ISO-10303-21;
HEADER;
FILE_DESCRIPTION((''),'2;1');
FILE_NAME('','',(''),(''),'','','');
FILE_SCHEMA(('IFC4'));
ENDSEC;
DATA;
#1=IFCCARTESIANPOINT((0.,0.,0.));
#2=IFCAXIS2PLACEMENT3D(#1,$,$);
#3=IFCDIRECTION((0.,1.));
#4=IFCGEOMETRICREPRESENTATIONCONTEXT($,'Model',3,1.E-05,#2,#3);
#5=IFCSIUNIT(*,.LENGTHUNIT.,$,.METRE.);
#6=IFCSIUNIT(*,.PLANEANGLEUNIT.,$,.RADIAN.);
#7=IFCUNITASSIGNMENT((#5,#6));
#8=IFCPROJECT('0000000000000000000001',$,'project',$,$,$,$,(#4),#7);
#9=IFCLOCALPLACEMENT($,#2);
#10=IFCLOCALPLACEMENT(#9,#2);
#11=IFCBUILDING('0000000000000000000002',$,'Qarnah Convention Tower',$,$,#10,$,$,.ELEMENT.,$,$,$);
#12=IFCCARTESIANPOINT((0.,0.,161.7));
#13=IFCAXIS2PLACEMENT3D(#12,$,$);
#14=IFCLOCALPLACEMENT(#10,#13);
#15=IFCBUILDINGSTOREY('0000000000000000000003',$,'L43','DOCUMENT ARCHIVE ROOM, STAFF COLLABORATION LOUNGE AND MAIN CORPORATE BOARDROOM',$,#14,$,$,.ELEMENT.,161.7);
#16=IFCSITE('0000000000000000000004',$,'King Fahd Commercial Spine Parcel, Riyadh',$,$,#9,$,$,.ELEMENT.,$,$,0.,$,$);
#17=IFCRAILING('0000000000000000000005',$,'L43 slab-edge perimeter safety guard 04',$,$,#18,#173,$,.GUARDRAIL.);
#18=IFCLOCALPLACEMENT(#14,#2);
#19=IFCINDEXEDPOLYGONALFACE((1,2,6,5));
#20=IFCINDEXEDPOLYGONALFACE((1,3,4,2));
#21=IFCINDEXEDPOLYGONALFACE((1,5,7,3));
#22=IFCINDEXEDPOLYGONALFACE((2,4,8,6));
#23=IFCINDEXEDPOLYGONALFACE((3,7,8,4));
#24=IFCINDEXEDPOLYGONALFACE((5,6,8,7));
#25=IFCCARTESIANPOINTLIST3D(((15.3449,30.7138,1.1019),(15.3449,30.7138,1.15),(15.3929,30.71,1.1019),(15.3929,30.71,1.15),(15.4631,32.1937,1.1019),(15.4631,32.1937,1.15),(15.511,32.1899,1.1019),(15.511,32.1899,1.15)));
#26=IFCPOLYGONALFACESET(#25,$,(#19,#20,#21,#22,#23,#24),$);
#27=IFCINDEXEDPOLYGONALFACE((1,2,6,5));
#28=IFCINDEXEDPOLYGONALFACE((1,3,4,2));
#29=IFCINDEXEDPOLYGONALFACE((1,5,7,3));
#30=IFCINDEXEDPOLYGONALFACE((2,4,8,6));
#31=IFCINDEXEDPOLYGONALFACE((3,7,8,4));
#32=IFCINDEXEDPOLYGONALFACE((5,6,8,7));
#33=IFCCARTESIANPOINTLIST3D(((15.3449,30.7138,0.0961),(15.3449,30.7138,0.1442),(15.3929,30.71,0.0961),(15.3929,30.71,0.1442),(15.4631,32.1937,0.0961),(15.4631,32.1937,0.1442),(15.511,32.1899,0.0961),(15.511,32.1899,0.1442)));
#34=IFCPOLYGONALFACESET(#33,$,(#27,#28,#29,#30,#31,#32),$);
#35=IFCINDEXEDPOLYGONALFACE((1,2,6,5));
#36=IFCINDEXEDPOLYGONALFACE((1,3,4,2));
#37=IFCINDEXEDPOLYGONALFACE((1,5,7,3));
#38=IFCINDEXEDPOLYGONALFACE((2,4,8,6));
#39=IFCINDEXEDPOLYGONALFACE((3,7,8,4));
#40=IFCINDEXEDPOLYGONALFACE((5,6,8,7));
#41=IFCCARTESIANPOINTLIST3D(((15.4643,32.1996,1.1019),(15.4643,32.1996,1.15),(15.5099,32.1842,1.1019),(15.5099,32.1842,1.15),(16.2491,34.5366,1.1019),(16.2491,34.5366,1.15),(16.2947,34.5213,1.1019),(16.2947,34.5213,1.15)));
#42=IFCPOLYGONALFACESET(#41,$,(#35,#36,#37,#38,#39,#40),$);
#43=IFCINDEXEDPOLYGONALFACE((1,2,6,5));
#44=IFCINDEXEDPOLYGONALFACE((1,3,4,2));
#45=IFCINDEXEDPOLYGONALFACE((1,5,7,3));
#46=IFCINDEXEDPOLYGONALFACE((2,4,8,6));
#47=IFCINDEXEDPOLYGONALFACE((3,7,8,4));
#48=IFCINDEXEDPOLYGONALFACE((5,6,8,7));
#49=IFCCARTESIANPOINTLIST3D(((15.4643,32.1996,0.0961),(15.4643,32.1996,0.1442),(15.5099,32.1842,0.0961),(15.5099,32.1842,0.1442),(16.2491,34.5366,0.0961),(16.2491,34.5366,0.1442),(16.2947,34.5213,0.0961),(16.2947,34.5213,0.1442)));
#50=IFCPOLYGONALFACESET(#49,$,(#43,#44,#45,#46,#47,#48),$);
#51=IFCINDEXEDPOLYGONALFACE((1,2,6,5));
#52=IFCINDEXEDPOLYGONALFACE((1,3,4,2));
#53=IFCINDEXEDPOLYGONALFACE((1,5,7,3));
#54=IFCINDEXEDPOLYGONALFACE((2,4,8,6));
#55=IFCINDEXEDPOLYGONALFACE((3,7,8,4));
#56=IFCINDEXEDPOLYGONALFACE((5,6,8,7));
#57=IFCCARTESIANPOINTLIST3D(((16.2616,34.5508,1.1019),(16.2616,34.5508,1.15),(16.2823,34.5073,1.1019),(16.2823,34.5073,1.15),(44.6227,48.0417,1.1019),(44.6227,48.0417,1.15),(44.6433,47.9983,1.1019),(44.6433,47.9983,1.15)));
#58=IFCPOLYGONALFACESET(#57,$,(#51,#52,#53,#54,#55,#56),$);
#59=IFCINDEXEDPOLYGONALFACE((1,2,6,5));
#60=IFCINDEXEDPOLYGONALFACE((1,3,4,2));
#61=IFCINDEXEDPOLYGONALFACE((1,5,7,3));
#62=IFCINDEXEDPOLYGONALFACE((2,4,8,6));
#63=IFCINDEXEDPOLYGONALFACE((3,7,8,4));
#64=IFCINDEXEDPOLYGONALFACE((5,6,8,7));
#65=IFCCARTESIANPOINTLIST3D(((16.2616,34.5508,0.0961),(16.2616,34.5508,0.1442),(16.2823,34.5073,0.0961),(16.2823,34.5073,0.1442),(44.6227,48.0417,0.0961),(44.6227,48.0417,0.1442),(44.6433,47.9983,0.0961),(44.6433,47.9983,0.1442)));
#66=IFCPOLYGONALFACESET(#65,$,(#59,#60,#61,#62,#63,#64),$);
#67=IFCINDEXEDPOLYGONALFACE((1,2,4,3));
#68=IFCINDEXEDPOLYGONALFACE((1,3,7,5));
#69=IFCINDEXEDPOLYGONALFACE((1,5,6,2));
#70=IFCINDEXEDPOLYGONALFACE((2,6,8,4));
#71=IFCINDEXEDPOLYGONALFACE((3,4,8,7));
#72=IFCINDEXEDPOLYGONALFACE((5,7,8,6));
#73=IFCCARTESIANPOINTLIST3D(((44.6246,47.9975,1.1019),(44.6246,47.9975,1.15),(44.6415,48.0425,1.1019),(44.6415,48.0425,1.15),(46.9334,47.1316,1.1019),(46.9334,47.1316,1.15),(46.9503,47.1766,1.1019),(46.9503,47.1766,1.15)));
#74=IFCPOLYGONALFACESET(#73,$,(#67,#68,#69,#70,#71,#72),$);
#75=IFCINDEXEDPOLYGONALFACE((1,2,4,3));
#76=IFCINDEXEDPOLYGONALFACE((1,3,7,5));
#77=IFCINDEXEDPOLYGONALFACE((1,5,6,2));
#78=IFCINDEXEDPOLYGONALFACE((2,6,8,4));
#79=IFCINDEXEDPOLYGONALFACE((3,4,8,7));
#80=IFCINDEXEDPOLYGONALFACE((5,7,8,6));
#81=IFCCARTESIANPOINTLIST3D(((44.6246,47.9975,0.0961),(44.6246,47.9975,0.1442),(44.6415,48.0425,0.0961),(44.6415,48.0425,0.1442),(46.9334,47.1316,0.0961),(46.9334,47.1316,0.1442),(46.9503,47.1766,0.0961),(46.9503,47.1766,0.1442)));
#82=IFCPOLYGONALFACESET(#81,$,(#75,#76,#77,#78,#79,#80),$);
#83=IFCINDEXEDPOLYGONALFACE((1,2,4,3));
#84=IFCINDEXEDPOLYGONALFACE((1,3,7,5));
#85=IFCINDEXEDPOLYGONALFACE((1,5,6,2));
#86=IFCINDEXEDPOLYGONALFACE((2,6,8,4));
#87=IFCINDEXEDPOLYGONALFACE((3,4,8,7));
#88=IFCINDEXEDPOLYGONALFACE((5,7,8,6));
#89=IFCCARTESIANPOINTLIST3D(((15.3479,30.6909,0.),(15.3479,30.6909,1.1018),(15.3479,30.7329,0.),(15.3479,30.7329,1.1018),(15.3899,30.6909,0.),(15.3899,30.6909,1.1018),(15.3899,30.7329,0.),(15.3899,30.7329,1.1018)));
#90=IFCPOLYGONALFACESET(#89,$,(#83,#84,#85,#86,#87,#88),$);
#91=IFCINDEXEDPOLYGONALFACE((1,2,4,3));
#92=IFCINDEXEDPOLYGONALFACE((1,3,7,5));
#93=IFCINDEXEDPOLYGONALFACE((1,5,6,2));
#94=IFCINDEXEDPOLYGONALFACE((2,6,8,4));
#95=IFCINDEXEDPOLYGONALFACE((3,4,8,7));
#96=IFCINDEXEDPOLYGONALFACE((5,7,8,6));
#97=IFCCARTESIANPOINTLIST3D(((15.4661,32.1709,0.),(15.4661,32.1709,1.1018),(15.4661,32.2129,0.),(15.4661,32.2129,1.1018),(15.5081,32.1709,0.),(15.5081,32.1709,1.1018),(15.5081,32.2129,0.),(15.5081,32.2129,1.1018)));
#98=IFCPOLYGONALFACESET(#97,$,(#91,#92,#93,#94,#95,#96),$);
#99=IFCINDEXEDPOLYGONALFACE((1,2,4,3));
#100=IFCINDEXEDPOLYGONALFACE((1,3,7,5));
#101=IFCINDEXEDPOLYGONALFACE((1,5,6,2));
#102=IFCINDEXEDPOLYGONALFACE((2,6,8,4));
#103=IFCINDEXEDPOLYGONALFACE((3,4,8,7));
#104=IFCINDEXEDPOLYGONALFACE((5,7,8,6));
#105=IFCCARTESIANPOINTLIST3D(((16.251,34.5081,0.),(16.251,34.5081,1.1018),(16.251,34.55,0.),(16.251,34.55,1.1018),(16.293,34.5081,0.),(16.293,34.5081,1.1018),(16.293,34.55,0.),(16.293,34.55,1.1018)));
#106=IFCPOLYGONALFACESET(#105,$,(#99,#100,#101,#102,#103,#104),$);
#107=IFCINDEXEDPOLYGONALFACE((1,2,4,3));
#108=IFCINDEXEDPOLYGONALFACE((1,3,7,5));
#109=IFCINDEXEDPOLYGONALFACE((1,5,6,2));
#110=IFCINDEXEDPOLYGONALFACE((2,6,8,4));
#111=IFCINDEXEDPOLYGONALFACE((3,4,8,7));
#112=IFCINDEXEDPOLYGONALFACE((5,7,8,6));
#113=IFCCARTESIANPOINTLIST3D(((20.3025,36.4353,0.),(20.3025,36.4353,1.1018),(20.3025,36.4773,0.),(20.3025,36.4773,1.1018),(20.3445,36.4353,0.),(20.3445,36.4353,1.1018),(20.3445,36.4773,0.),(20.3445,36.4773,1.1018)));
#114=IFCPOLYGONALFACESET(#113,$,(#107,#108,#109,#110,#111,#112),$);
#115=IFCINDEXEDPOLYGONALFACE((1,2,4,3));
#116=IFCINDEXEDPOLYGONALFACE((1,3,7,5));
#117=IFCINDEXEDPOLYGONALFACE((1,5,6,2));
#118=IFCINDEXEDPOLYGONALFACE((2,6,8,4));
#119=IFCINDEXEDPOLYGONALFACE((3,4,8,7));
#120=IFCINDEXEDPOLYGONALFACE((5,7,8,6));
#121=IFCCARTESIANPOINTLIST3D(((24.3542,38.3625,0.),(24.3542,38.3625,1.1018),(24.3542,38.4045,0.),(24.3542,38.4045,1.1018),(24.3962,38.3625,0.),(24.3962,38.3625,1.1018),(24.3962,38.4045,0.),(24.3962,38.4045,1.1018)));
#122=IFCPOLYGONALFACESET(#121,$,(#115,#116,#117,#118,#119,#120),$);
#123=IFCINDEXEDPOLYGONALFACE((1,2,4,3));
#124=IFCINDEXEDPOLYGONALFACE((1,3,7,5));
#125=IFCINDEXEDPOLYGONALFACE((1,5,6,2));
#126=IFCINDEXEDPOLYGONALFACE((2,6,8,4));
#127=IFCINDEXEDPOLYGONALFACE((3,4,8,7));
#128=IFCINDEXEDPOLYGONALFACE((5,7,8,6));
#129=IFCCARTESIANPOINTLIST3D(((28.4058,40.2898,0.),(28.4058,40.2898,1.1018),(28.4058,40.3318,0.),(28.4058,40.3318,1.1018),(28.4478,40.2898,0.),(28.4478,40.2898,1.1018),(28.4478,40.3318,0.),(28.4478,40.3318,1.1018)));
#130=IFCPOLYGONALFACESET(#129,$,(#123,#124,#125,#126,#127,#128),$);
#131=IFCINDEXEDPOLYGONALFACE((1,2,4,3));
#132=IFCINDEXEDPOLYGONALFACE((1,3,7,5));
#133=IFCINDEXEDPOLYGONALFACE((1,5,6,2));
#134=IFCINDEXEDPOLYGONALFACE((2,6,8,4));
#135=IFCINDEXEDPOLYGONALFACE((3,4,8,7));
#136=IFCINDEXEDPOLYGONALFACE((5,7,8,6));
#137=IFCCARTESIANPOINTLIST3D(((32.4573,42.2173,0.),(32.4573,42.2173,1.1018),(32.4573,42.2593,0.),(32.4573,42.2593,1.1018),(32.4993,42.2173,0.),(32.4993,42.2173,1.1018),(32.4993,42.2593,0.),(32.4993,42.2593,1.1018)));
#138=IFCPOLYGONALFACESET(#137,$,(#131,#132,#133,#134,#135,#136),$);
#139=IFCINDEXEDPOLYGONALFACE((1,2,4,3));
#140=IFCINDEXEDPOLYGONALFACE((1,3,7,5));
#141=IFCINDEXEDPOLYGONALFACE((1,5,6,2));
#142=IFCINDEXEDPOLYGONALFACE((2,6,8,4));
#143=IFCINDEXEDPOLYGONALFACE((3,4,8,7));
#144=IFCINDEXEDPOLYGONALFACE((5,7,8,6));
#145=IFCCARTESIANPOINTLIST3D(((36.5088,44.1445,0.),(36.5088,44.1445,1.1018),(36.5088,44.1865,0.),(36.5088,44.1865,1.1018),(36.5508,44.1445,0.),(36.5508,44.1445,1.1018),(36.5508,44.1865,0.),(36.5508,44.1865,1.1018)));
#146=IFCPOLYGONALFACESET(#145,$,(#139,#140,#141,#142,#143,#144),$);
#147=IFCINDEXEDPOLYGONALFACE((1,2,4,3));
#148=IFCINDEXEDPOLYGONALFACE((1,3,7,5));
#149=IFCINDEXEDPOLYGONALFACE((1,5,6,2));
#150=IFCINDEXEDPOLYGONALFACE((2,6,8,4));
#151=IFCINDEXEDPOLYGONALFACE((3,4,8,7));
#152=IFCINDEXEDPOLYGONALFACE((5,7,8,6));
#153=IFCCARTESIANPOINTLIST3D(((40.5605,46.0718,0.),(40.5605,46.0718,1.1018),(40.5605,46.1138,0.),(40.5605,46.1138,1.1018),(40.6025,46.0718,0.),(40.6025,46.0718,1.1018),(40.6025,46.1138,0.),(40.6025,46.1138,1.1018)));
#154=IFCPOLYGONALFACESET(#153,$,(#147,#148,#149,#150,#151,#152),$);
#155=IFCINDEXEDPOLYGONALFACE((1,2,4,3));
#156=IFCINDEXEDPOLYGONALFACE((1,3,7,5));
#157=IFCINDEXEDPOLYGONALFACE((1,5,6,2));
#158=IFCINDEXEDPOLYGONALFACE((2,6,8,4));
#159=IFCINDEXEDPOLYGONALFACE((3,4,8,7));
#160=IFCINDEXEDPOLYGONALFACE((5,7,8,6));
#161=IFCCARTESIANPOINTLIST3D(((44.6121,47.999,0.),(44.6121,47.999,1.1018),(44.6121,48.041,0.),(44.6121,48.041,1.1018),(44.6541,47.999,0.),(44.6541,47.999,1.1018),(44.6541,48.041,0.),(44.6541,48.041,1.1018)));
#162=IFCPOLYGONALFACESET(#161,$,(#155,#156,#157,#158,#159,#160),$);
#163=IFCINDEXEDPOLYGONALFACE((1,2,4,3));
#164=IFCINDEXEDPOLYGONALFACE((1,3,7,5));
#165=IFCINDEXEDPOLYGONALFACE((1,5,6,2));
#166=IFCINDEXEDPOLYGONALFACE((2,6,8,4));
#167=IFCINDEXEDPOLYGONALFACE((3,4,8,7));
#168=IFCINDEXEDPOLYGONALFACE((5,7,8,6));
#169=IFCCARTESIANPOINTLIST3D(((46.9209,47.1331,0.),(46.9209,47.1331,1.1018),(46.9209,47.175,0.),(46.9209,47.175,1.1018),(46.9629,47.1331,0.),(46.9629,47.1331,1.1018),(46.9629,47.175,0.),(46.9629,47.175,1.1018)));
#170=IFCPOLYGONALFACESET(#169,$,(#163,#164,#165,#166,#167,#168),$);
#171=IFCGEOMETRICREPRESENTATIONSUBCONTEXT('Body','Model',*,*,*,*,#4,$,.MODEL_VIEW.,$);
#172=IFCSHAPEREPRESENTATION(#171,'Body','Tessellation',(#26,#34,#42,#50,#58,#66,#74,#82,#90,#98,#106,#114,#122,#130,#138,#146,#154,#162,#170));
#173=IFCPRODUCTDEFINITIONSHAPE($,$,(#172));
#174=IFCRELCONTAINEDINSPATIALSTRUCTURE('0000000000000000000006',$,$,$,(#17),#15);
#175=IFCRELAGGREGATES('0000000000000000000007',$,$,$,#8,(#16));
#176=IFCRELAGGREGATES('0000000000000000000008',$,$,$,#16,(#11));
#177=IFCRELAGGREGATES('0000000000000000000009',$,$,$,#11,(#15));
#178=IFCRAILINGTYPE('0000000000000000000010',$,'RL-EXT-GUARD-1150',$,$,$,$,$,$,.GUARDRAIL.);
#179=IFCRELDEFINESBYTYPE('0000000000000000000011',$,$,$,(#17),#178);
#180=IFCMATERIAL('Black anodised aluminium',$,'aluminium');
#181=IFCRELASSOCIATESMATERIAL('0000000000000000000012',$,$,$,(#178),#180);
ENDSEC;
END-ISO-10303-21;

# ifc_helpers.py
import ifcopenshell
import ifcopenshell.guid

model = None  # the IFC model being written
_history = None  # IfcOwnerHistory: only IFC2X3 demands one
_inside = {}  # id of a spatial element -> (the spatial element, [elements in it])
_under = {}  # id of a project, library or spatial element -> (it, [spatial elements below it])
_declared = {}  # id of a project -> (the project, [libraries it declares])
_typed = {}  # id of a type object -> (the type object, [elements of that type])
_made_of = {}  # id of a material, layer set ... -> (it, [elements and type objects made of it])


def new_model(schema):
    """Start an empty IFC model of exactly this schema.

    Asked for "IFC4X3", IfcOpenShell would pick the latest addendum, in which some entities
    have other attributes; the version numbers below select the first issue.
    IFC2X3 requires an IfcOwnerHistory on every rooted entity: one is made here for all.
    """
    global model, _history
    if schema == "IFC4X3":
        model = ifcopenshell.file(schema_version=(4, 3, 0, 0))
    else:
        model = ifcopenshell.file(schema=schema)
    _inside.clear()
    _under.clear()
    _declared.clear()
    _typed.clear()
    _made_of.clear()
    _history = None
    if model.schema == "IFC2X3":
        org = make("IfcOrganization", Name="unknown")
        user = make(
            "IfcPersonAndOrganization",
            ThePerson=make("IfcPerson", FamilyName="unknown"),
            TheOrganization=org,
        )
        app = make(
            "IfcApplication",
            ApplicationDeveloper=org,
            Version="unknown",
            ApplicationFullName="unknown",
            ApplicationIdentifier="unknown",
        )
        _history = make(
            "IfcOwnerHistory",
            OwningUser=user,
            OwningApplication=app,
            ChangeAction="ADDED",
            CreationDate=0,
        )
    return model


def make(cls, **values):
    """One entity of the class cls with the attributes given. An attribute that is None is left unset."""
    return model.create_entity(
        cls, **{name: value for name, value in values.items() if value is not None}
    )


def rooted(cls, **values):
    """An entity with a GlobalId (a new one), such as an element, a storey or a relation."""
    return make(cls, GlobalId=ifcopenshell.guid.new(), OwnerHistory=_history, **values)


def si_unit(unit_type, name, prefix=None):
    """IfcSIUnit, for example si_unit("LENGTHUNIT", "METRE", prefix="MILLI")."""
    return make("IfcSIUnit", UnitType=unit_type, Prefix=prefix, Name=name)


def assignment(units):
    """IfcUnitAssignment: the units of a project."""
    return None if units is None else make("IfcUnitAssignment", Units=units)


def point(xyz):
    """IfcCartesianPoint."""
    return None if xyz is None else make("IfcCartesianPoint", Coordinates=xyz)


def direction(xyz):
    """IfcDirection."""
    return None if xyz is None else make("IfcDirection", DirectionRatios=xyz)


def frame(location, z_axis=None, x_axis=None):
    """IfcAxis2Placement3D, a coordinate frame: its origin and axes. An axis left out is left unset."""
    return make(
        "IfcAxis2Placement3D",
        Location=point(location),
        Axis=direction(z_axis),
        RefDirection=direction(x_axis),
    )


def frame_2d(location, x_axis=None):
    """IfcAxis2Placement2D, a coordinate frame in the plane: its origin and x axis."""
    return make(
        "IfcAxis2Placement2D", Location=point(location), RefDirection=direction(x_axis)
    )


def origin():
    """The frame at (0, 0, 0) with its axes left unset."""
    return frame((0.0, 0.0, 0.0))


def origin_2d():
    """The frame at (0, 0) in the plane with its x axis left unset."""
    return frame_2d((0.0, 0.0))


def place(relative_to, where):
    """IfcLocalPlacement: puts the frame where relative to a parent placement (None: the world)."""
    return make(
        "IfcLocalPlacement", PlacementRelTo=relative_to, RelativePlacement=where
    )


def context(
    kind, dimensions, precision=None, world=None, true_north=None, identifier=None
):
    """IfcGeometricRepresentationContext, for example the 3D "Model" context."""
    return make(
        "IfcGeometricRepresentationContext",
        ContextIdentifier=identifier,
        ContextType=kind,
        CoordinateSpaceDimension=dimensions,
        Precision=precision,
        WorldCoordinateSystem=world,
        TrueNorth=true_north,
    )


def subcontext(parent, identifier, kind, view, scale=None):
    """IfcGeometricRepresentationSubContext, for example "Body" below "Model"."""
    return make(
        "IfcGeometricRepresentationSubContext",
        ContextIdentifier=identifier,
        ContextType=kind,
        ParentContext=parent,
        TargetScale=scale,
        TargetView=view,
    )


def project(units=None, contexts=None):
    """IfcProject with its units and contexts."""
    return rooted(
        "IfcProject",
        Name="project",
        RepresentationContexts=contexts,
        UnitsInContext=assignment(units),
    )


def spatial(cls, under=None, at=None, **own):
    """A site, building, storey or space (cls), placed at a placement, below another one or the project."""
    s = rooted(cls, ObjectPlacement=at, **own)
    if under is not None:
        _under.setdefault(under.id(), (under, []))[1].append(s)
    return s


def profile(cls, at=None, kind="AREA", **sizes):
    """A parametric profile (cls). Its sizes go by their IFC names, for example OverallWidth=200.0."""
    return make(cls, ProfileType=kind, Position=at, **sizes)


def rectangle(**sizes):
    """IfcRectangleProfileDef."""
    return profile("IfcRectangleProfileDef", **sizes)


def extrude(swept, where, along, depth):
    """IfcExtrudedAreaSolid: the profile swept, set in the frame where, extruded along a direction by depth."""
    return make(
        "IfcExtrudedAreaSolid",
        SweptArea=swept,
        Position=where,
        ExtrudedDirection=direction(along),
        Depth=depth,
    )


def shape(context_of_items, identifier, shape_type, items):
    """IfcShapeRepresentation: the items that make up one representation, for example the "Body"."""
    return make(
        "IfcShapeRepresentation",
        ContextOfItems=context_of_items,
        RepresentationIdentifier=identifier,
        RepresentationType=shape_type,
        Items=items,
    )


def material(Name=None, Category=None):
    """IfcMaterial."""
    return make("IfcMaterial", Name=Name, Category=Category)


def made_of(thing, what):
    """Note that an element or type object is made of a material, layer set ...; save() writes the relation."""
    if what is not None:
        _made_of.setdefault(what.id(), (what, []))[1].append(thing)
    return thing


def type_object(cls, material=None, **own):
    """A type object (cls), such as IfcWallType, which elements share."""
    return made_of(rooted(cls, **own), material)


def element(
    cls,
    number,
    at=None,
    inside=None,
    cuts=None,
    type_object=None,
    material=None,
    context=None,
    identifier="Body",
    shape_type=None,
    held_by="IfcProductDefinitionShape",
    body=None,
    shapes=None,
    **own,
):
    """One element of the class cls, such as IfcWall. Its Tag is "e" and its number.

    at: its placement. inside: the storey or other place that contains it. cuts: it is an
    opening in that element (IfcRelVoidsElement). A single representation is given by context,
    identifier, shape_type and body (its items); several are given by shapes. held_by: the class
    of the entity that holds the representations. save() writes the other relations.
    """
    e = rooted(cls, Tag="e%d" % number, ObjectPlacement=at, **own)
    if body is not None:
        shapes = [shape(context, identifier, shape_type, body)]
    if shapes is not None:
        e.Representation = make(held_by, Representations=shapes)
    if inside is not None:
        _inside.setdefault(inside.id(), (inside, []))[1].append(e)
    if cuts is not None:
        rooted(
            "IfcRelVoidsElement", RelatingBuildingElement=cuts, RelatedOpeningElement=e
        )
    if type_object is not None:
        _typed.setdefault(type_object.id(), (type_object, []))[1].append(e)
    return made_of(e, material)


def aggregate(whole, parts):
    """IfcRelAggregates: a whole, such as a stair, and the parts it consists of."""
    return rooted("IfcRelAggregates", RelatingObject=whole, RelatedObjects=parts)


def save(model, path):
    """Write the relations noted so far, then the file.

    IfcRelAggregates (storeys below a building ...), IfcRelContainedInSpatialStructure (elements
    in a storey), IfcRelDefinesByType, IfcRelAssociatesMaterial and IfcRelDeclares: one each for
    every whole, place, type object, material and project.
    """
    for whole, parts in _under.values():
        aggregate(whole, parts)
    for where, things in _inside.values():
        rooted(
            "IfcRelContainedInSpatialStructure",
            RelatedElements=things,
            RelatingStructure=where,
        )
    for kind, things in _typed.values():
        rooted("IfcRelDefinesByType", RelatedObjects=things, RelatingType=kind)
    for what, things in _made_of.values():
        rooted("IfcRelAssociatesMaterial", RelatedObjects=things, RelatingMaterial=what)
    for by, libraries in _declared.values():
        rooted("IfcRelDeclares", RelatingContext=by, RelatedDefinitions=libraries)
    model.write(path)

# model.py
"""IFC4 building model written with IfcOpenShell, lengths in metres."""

from ifc_helpers import new_model, si_unit, direction, frame, origin, origin_2d, place, context, subcontext, project, spatial, rectangle, extrude, material, type_object, element, save


model = new_model("IFC4")

# Units and contexts
model_context = context("Model", 3, precision=1e-05, world=origin(), true_north=direction((0.0, 1.0)))
body_context = subcontext(model_context, "Body", "Model", "MODEL_VIEW")
ifc_project = project(units=[si_unit("LENGTHUNIT", "METRE"), si_unit("PLANEANGLEUNIT", "RADIAN")], contexts=[model_context])

# Site, building, storey
site_placement = place(None, origin())
site = spatial("IfcSite", under=ifc_project, at=site_placement, Name="King Fahd Commercial Spine Parcel, Riyadh", CompositionType="ELEMENT", RefElevation=0.0)
building_placement = place(site_placement, origin())
building = spatial("IfcBuilding", under=site, at=building_placement, Name="Qarnah Convention Tower", CompositionType="ELEMENT")
storey_placement = place(building_placement, frame((0.0, 0.0, 161.7)))
storey = spatial("IfcBuildingStorey", under=building, at=storey_placement, Name="L43", Description="DOCUMENT ARCHIVE ROOM, STAFF COLLABORATION LOUNGE AND MAIN CORPORATE BOARDROOM", CompositionType="ELEMENT", Elevation=161.7)

# Shared definitions
ifc_material_1 = material(Name="Black anodised aluminium", Category="aluminium")

# Railing
railing_type_1 = type_object("IfcRailingType", Name="RL-EXT-GUARD-1150", PredefinedType="GUARDRAIL", material=ifc_material_1)
railing_1_placement = place(storey_placement, frame((15.3689, 30.7119, 0.0)))
element("IfcRailing", 1, at=railing_1_placement, inside=storey, type_object=railing_type_1, Name="L43 slab-edge perimeter safety guard 04", PredefinedType="GUARDRAIL", context=body_context, shape_type="SweptSolid", body=[
    extrude(rectangle(XDim=0.0481, YDim=0.0481, at=origin_2d()), frame((0.0, 0.0, 1.126), z_axis=(0.079588, 0.996828, 0.0), x_axis=(-0.996828, 0.079588, 0.0)), (0.0, 0.0, 1.0), 1.4846),
    extrude(rectangle(XDim=0.0481, YDim=0.0481, at=origin_2d()), frame((0.0, 0.0, 0.1201), z_axis=(0.079588, 0.996828, 0.0), x_axis=(-0.996828, 0.079588, 0.0)), (0.0, 0.0, 1.0), 1.4846),
    extrude(rectangle(XDim=0.0481, YDim=0.0481, at=origin_2d()), frame((0.1182, 1.48, 1.126), z_axis=(0.318366, 0.947968, 0.0), x_axis=(-0.947968, 0.318366, 0.0)), (0.0, 0.0, 1.0), 2.4653),
    extrude(rectangle(XDim=0.0481, YDim=0.0481, at=origin_2d()), frame((0.1182, 1.48, 0.1201), z_axis=(0.318366, 0.947968, 0.0), x_axis=(-0.947968, 0.318366, 0.0)), (0.0, 0.0, 1.0), 2.4653),
    extrude(rectangle(XDim=0.0481, YDim=0.0481, at=origin_2d()), frame((0.9031, 3.8171, 1.126), z_axis=(0.903037, 0.429562, 0.0), x_axis=(-0.429562, 0.903037, 0.0)), (0.0, 0.0, 1.0), 31.4062),
    extrude(rectangle(XDim=0.0481, YDim=0.0481, at=origin_2d()), frame((0.9031, 3.8171, 0.1201), z_axis=(0.903037, 0.429562, 0.0), x_axis=(-0.429562, 0.903037, 0.0)), (0.0, 0.0, 1.0), 31.4062),
    extrude(rectangle(XDim=0.0481, YDim=0.0481, at=origin_2d()), frame((29.2642, 17.3081, 1.126), z_axis=(0.936309, -0.351178, 0.0), x_axis=(0.351178, 0.936309, 0.0)), (0.0, 0.0, 1.0), 2.4658),
    extrude(rectangle(XDim=0.0481, YDim=0.0481, at=origin_2d()), frame((29.2642, 17.3081, 0.1201), z_axis=(0.936309, -0.351178, 0.0), x_axis=(0.351178, 0.936309, 0.0)), (0.0, 0.0, 1.0), 2.4658),
    extrude(rectangle(XDim=0.042, YDim=0.042, at=origin_2d()), origin(), (0.0, 0.0, 1.0), 1.1018),
    extrude(rectangle(XDim=0.042, YDim=0.042, at=origin_2d()), frame((0.1182, 1.48, 0.0)), (0.0, 0.0, 1.0), 1.1018),
    extrude(rectangle(XDim=0.042, YDim=0.042, at=origin_2d()), frame((0.9031, 3.8171, 0.0)), (0.0, 0.0, 1.0), 1.1018),
    extrude(rectangle(XDim=0.042, YDim=0.042, at=origin_2d()), frame((4.9546, 5.7444, 0.0)), (0.0, 0.0, 1.0), 1.1018),
    extrude(rectangle(XDim=0.042, YDim=0.042, at=origin_2d()), frame((9.0063, 7.6716, 0.0)), (0.0, 0.0, 1.0), 1.1018),
    extrude(rectangle(XDim=0.042, YDim=0.042, at=origin_2d()), frame((13.0579, 9.5989, 0.0)), (0.0, 0.0, 1.0), 1.1018),
    extrude(rectangle(XDim=0.042, YDim=0.042, at=origin_2d()), frame((17.1094, 11.5264, 0.0)), (0.0, 0.0, 1.0), 1.1018),
    extrude(rectangle(XDim=0.042, YDim=0.042, at=origin_2d()), frame((21.1609, 13.4536, 0.0)), (0.0, 0.0, 1.0), 1.1018),
    extrude(rectangle(XDim=0.042, YDim=0.042, at=origin_2d()), frame((25.2126, 15.3809, 0.0)), (0.0, 0.0, 1.0), 1.1018),
    extrude(rectangle(XDim=0.042, YDim=0.042, at=origin_2d()), frame((29.2642, 17.3081, 0.0)), (0.0, 0.0, 1.0), 1.1018),
    extrude(rectangle(XDim=0.042, YDim=0.042, at=origin_2d()), frame((31.573, 16.4421, 0.0)), (0.0, 0.0, 1.0), 1.1018),
])

save(model, "model.ifc")
